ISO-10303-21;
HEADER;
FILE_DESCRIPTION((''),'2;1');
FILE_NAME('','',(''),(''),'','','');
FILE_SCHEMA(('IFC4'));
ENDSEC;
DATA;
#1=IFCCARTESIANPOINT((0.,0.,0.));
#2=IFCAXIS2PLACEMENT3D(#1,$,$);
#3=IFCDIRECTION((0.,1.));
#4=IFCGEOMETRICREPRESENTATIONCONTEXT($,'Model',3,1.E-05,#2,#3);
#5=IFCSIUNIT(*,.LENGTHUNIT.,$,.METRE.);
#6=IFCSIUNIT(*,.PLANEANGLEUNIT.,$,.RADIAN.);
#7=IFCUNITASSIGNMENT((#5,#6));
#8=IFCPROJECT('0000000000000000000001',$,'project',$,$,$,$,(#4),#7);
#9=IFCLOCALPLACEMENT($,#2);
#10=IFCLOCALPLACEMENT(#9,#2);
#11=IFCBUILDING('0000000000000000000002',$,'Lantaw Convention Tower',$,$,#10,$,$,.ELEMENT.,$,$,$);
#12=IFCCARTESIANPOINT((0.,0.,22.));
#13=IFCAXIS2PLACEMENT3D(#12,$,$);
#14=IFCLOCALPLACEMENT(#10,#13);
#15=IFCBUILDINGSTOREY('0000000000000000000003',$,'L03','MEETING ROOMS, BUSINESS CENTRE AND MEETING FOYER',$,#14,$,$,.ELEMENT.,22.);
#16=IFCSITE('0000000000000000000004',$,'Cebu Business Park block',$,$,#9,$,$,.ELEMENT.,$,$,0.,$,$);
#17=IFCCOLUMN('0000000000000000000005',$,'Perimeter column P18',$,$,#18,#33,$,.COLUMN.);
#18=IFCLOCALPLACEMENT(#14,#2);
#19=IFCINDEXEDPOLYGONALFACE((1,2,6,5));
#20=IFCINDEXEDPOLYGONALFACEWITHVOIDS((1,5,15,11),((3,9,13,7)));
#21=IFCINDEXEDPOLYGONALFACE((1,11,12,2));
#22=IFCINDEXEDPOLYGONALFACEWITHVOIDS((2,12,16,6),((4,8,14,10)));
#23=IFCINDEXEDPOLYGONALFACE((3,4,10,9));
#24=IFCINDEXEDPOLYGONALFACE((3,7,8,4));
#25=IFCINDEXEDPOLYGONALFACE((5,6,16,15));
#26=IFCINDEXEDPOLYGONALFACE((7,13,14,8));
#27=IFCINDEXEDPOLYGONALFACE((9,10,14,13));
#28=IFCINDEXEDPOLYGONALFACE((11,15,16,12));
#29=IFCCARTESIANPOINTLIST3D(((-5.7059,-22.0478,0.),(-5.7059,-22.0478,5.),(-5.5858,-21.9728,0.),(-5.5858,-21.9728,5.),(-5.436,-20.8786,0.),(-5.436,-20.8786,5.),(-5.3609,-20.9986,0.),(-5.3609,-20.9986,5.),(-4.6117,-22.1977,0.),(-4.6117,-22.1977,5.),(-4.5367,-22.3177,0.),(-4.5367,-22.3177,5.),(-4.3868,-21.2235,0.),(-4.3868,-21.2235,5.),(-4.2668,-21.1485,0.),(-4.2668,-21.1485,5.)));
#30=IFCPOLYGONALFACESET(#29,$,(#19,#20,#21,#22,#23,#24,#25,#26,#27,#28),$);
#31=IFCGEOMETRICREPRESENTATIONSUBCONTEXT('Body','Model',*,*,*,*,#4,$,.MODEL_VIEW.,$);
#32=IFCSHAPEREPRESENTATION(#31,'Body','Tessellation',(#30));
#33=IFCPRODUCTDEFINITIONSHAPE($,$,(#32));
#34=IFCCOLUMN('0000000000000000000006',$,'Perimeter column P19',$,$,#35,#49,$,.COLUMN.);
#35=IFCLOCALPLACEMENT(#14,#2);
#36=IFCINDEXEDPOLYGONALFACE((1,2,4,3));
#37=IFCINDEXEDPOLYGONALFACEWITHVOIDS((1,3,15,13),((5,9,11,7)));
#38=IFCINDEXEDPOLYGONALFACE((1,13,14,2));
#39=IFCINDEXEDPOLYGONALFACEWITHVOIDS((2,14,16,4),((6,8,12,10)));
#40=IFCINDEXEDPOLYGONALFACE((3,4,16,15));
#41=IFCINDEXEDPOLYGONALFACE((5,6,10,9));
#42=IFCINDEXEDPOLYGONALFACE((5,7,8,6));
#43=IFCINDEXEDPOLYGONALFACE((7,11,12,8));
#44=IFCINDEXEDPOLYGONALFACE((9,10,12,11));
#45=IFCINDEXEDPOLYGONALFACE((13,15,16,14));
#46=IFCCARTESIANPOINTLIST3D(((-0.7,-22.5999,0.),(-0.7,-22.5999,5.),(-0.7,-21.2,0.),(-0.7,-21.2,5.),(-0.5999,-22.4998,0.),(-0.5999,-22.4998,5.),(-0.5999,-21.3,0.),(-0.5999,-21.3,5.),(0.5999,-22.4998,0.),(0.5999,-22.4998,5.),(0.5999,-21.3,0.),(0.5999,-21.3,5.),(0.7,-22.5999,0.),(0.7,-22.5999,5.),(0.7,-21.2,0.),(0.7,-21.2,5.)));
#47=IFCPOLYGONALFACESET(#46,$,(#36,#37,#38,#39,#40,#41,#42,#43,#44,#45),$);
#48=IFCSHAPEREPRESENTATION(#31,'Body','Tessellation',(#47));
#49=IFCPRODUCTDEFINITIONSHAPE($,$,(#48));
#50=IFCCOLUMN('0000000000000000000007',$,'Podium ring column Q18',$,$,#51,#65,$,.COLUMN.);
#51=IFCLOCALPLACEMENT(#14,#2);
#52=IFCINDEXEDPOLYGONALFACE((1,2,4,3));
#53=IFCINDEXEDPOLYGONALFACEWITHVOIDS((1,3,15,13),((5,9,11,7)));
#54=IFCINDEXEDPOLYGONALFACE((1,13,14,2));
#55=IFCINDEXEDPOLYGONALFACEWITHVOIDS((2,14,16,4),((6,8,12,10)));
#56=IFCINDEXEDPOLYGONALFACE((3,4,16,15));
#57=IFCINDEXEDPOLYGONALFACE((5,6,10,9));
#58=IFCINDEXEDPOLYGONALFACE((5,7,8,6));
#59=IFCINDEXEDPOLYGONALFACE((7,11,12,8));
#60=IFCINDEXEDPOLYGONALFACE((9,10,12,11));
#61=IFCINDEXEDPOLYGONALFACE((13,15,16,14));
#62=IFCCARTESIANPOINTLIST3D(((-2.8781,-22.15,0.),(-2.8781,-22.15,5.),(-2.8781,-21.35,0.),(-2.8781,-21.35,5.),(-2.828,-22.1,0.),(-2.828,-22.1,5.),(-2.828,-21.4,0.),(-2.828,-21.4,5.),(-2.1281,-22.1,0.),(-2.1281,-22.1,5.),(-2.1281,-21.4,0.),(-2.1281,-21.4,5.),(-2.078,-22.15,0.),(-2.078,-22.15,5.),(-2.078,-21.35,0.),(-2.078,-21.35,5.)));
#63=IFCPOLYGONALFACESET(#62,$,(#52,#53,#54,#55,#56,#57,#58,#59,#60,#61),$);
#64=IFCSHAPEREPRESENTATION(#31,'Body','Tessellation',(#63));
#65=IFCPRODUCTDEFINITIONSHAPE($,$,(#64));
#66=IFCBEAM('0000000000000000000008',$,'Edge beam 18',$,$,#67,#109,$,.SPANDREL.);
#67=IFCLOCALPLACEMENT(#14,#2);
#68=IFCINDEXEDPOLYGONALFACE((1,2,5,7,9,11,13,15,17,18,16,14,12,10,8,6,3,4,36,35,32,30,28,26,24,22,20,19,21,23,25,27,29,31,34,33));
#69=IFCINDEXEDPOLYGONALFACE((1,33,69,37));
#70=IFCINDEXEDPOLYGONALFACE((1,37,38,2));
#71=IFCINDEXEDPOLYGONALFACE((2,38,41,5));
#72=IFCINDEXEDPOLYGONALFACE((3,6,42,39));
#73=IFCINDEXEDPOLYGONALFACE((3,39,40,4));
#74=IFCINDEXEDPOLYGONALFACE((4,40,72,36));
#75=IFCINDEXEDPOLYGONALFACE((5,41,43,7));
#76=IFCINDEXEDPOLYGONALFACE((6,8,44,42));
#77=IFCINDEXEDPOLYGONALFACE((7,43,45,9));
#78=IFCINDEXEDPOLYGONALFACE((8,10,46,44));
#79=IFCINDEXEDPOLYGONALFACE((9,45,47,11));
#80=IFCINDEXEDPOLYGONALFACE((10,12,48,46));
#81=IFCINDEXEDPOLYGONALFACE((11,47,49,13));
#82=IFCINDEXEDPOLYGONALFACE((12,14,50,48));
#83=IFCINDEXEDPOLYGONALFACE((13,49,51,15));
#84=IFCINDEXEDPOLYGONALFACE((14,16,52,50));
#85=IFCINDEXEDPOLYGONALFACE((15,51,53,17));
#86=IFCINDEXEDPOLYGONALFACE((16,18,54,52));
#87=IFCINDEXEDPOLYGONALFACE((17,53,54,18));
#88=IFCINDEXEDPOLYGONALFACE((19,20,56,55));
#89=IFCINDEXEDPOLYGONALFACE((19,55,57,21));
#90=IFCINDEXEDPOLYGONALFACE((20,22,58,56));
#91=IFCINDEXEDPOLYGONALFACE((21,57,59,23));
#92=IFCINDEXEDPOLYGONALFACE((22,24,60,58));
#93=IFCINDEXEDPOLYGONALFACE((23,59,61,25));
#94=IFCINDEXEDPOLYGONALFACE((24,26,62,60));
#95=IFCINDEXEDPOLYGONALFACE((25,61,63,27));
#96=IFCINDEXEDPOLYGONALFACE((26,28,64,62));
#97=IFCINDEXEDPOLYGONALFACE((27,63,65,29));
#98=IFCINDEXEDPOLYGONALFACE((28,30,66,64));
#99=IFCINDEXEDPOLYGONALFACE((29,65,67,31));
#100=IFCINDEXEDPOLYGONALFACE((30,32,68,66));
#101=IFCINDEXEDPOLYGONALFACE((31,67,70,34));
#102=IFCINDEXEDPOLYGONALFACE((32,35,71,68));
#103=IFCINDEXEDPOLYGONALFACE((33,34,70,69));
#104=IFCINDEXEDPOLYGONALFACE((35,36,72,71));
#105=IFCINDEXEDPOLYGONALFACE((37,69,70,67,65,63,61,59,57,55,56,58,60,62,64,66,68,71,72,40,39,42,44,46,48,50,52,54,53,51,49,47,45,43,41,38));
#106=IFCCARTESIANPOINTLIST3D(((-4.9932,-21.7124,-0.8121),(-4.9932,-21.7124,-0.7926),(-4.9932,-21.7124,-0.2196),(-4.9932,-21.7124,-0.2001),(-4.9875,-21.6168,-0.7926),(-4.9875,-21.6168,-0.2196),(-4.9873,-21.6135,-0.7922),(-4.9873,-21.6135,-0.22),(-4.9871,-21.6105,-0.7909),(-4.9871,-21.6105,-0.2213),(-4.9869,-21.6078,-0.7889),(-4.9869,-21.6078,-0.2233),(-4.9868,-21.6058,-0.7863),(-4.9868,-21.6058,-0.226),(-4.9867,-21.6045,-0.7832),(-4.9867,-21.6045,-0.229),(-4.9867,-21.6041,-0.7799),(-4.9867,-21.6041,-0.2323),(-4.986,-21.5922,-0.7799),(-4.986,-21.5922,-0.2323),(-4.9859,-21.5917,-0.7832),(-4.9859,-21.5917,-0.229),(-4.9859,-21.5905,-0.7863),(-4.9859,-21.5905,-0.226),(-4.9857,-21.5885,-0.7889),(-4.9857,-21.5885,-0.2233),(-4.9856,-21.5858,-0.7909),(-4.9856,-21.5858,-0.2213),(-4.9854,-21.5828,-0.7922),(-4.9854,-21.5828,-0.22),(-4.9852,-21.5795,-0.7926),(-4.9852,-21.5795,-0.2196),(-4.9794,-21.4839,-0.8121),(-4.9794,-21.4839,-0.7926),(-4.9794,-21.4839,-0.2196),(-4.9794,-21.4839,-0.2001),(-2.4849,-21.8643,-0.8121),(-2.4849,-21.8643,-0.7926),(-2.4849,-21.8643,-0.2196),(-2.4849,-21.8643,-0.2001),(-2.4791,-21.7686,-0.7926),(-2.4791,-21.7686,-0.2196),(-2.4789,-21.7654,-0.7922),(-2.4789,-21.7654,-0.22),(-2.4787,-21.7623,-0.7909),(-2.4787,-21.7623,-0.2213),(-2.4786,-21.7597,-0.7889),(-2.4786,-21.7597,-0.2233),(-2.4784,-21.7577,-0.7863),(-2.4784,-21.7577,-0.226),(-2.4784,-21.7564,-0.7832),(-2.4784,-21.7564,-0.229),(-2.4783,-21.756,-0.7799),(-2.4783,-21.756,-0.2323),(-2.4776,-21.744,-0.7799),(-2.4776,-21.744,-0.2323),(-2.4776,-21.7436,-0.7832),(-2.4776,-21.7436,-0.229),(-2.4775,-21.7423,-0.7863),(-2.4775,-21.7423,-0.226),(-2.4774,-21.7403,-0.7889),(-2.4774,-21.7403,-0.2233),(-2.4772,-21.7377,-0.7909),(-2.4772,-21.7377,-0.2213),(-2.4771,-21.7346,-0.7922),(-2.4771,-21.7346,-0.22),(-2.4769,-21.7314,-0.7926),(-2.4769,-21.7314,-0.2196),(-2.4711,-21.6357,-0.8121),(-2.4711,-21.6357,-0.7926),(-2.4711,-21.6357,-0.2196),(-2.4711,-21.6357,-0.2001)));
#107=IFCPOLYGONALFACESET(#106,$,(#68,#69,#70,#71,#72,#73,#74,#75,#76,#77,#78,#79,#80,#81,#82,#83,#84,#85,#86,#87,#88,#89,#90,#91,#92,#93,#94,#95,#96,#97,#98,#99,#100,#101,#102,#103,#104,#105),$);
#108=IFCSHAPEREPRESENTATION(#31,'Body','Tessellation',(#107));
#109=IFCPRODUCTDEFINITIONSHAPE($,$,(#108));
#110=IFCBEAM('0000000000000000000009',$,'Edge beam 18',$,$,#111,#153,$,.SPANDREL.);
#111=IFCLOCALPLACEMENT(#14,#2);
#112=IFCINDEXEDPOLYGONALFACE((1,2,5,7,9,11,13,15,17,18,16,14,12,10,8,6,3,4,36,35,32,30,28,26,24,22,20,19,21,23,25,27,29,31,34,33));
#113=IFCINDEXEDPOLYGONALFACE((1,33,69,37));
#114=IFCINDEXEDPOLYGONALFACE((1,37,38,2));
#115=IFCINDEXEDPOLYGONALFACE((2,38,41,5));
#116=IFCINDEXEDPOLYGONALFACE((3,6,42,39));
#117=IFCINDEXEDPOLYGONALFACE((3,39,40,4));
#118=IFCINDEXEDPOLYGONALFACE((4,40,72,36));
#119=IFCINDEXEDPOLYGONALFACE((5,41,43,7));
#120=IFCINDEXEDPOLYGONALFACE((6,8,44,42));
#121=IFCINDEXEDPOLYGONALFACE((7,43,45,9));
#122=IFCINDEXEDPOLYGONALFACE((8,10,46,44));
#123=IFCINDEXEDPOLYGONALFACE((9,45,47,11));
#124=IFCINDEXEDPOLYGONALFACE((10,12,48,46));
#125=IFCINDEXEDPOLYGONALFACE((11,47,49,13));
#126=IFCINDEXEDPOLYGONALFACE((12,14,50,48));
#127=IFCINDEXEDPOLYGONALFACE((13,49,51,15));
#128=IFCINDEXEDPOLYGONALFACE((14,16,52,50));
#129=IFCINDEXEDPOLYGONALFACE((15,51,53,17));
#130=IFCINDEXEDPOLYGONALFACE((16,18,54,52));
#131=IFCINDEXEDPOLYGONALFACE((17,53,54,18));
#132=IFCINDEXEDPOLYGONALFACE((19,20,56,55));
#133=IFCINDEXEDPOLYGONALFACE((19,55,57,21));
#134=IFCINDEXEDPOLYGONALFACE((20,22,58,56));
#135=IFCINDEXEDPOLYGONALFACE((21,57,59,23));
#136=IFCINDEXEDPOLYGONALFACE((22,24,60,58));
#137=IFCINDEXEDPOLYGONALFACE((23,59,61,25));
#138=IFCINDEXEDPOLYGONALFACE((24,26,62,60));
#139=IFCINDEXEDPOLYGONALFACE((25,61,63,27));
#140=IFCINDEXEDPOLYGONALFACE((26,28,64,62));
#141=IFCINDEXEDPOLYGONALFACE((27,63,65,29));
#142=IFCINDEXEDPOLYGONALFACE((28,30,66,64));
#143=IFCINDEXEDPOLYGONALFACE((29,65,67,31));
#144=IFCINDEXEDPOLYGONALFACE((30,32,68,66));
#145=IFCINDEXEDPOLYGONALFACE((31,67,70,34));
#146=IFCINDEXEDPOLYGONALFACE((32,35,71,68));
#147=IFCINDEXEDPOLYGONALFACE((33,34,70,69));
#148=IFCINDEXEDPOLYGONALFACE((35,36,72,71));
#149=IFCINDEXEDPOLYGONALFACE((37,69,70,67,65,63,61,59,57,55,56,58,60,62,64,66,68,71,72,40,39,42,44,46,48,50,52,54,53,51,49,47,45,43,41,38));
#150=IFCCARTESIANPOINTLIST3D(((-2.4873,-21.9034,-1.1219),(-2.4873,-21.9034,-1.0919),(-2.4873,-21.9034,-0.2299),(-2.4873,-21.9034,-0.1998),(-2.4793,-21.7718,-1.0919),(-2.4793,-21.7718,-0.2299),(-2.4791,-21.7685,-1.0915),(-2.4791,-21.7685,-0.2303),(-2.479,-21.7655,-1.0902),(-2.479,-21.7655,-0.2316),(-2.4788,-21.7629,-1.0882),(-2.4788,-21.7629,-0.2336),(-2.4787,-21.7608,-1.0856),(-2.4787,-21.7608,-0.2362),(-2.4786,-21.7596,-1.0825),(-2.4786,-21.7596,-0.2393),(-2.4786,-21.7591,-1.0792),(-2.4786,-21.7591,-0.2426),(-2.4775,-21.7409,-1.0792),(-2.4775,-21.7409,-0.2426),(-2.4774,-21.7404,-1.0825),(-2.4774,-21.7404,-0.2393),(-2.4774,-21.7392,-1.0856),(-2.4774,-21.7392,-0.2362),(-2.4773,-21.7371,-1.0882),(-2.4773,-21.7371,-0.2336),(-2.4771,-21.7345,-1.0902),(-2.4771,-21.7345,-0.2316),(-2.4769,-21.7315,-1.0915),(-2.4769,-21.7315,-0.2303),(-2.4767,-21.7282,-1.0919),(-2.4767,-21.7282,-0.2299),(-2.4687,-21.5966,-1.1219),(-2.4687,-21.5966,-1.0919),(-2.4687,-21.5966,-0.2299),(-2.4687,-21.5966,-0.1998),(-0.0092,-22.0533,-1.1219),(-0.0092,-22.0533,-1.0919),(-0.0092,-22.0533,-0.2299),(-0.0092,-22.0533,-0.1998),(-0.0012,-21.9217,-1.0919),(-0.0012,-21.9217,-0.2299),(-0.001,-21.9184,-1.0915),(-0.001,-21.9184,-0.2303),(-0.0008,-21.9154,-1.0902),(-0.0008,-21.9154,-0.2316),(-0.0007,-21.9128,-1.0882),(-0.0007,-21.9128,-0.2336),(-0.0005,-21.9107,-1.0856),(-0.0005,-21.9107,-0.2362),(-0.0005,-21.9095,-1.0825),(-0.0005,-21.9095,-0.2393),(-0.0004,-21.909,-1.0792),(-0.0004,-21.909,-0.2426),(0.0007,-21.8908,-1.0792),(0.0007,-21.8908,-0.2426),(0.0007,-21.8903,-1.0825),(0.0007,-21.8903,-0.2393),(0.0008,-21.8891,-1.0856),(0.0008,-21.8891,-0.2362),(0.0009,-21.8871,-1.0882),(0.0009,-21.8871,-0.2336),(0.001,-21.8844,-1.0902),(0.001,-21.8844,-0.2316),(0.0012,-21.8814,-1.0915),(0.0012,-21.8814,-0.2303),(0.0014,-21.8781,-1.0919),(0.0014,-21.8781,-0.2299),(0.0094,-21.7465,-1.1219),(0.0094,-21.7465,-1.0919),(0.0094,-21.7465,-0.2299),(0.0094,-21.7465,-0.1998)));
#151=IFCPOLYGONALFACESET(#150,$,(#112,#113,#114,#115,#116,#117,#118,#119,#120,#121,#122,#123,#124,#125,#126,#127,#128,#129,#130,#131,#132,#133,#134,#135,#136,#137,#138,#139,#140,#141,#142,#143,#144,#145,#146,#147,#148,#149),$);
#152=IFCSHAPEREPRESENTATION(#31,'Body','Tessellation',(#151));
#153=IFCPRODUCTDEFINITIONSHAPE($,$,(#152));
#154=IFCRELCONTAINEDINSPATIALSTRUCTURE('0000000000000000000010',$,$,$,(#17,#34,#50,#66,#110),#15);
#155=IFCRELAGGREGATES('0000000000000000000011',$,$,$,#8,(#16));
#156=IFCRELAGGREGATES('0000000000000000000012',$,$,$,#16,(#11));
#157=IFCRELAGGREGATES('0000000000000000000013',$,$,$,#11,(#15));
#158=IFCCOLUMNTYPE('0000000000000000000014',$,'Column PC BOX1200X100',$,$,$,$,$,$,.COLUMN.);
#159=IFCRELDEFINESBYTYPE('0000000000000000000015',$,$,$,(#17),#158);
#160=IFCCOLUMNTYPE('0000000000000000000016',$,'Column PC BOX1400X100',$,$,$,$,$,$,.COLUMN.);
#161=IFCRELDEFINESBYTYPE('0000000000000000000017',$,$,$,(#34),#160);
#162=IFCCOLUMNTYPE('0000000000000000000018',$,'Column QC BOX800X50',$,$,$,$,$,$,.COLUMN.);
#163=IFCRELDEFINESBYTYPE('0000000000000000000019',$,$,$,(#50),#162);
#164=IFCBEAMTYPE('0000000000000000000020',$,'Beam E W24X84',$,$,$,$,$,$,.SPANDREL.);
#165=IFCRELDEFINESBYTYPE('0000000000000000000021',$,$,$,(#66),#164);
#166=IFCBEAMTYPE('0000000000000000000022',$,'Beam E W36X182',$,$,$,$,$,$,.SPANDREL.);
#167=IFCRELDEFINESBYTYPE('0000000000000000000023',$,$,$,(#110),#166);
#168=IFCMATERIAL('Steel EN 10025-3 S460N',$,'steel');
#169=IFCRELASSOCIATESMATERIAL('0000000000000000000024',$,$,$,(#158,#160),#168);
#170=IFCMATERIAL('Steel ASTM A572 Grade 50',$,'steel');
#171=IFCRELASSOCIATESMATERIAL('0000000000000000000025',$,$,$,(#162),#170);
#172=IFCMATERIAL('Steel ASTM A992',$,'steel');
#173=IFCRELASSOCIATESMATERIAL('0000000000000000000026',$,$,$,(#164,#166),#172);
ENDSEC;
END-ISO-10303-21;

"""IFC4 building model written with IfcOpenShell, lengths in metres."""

from ifc_helpers import new_model, si_unit, direction, frame, origin, origin_2d, place, context, subcontext, project, spatial, rectangle, hollow_rectangle, i_section, extrude, material, material_profile, profile_set, type_object, element, save


model = new_model("IFC4")

# Units and contexts
model_context = context("Model", 3, precision=1e-05, world=origin(), true_north=direction((0.0, 1.0)))
body_context = subcontext(model_context, "Body", "Model", "MODEL_VIEW")
ifc_project = project(units=[si_unit("LENGTHUNIT", "METRE"), si_unit("PLANEANGLEUNIT", "RADIAN")], contexts=[model_context])

# Site, building, storey
site_placement = place(None, origin())
site = spatial("IfcSite", under=ifc_project, at=site_placement, Name="Cebu Business Park block", CompositionType="ELEMENT", RefElevation=0.0)
building_placement = place(site_placement, origin())
building = spatial("IfcBuilding", under=site, at=building_placement, Name="Lantaw Convention Tower", CompositionType="ELEMENT")
storey_placement = place(building_placement, frame((0.0, 0.0, 22.0)))
storey = spatial("IfcBuildingStorey", under=building, at=storey_placement, Name="L03", Description="MEETING ROOMS, BUSINESS CENTRE AND MEETING FOYER", CompositionType="ELEMENT", Elevation=22.0)

# Columns
ifc_material_1 = material(Name="Steel EN 10025-3 S460N", Category="steel")
ifc_material_profile_1 = material_profile(ifc_material_1, hollow_rectangle(XDim=1.2, YDim=1.2, WallThickness=0.1001, at=origin_2d()), Name="BOX1200X100")
ifc_material_2 = material(Name="Concrete C60/75", Category="concrete")
ifc_material_profile_2 = material_profile(ifc_material_2, rectangle(XDim=1.0, YDim=1.0, at=origin_2d()), Name="Concrete fill of BOX1200X100")
ifc_profile_set_1 = profile_set([ifc_material_profile_1, ifc_material_profile_2], Name="Steel EN 10025-3 S460N")
column_type_1 = type_object("IfcColumnType", Name="Column PC BOX1200X100", PredefinedType="COLUMN", material=ifc_profile_set_1)
column_1_placement = place(storey_placement, frame((-4.9863, -21.5981, 0.0), z_axis=(0.0, 0.0, 1.0), x_axis=(0.224951, 0.97437, 0.0)))
element("IfcColumn", 1, at=column_1_placement, inside=storey, type_object=column_type_1, Name="Perimeter column P18", PredefinedType="COLUMN", context=body_context, shape_type="SweptSolid", body=[
    extrude(hollow_rectangle(XDim=1.2, YDim=1.2, WallThickness=0.1001, at=origin_2d()), origin(), (0.0, 0.0, 1.0), 5.0),
])
ifc_material_profile_3 = material_profile(ifc_material_1, hollow_rectangle(XDim=1.3999, YDim=1.3999, WallThickness=0.1001, at=origin_2d()), Name="BOX1400X100")
ifc_material_profile_4 = material_profile(ifc_material_2, rectangle(XDim=1.2, YDim=1.2, at=origin_2d()), Name="Concrete fill of BOX1400X100")
ifc_profile_set_2 = profile_set([ifc_material_profile_3, ifc_material_profile_4], Name="Steel EN 10025-3 S460N")
column_type_2 = type_object("IfcColumnType", Name="Column PC BOX1400X100", PredefinedType="COLUMN", material=ifc_profile_set_2)
column_2_placement = place(storey_placement, frame((0.0, -21.8999, 0.0), z_axis=(0.0, 0.0, 1.0), x_axis=(1.0, 0.0, 0.0)))
element("IfcColumn", 2, at=column_2_placement, inside=storey, type_object=column_type_2, Name="Perimeter column P19", PredefinedType="COLUMN", context=body_context, shape_type="SweptSolid", body=[
    extrude(hollow_rectangle(XDim=1.3999, YDim=1.3999, WallThickness=0.1001, at=origin_2d()), origin(), (0.0, 0.0, 1.0), 5.0),
])
ifc_material_3 = material(Name="Steel ASTM A572 Grade 50", Category="steel")
ifc_material_profile_5 = material_profile(ifc_material_3, hollow_rectangle(XDim=0.8, YDim=0.8, WallThickness=0.05, at=origin_2d()), Name="BOX800X50")
ifc_profile_set_3 = profile_set([ifc_material_profile_5], Name="Steel ASTM A572 Grade 50")
column_type_3 = type_object("IfcColumnType", Name="Column QC BOX800X50", PredefinedType="COLUMN", material=ifc_profile_set_3)
column_3_placement = place(storey_placement, frame((-2.478, -21.75, 0.0), z_axis=(0.0, 0.0, 1.0), x_axis=(1.0, 0.0, 0.0)))
element("IfcColumn", 3, at=column_3_placement, inside=storey, type_object=column_type_3, Name="Podium ring column Q18", PredefinedType="COLUMN", context=body_context, shape_type="SweptSolid", body=[
    extrude(hollow_rectangle(XDim=0.8, YDim=0.8, WallThickness=0.05, at=origin_2d()), origin(), (0.0, 0.0, 1.0), 5.0),
])

# Beams
ifc_material_4 = material(Name="Steel ASTM A992", Category="steel")
ifc_material_profile_6 = material_profile(ifc_material_4, i_section(OverallWidth=0.229, OverallDepth=0.6121, WebThickness=0.012, FlangeThickness=0.0195, FilletRadius=0.0127, at=origin_2d()), Name="W24X84")
ifc_profile_set_4 = profile_set([ifc_material_profile_6], Name="Steel ASTM A992")
beam_type_1 = type_object("IfcBeamType", Name="Beam E W24X84", PredefinedType="SPANDREL", material=ifc_profile_set_4)
beam_placement = place(storey_placement, frame((-4.9863, -21.5981, -0.5061), z_axis=(0.998172, -0.060431, 0.0), x_axis=(0.060431, 0.998172, 0.0)))
element("IfcBeam", 4, at=beam_placement, inside=storey, type_object=beam_type_1, Name="Edge beam 18", PredefinedType="SPANDREL", context=body_context, shape_type="SweptSolid", body=[
    extrude(i_section(OverallWidth=0.229, OverallDepth=0.6121, WebThickness=0.012, FlangeThickness=0.0195, FilletRadius=0.0127, at=origin_2d()), origin(), (0.0, 0.0, 1.0), 2.5129),
])
ifc_material_profile_7 = material_profile(ifc_material_4, i_section(OverallWidth=0.3074, OverallDepth=0.9221, WebThickness=0.0183, FlangeThickness=0.03, FilletRadius=0.0127, at=origin_2d()), Name="W36X182")
ifc_profile_set_5 = profile_set([ifc_material_profile_7], Name="Steel ASTM A992")
beam_type_2 = type_object("IfcBeamType", Name="Beam E W36X182", PredefinedType="SPANDREL", material=ifc_profile_set_5)
for number, where, z_axis, x_axis, name in (
    (5, (-2.478, -21.75, -0.6609), (0.998175, -0.060382, 0.0), (0.060382, 0.998175, 0.0), "Edge beam 18"),
):
    element("IfcBeam", number, at=place(storey_placement, frame(where, z_axis=z_axis, x_axis=x_axis)), inside=storey, type_object=beam_type_2, Name=name, PredefinedType="SPANDREL", context=body_context, shape_type="SweptSolid", body=[
        extrude(i_section(OverallWidth=0.3074, OverallDepth=0.9221, WebThickness=0.0183, FlangeThickness=0.03, FilletRadius=0.0127, at=origin_2d()), origin(), (0.0, 0.0, 1.0), 2.4827),
    ])

save(model, "model.ifc")
